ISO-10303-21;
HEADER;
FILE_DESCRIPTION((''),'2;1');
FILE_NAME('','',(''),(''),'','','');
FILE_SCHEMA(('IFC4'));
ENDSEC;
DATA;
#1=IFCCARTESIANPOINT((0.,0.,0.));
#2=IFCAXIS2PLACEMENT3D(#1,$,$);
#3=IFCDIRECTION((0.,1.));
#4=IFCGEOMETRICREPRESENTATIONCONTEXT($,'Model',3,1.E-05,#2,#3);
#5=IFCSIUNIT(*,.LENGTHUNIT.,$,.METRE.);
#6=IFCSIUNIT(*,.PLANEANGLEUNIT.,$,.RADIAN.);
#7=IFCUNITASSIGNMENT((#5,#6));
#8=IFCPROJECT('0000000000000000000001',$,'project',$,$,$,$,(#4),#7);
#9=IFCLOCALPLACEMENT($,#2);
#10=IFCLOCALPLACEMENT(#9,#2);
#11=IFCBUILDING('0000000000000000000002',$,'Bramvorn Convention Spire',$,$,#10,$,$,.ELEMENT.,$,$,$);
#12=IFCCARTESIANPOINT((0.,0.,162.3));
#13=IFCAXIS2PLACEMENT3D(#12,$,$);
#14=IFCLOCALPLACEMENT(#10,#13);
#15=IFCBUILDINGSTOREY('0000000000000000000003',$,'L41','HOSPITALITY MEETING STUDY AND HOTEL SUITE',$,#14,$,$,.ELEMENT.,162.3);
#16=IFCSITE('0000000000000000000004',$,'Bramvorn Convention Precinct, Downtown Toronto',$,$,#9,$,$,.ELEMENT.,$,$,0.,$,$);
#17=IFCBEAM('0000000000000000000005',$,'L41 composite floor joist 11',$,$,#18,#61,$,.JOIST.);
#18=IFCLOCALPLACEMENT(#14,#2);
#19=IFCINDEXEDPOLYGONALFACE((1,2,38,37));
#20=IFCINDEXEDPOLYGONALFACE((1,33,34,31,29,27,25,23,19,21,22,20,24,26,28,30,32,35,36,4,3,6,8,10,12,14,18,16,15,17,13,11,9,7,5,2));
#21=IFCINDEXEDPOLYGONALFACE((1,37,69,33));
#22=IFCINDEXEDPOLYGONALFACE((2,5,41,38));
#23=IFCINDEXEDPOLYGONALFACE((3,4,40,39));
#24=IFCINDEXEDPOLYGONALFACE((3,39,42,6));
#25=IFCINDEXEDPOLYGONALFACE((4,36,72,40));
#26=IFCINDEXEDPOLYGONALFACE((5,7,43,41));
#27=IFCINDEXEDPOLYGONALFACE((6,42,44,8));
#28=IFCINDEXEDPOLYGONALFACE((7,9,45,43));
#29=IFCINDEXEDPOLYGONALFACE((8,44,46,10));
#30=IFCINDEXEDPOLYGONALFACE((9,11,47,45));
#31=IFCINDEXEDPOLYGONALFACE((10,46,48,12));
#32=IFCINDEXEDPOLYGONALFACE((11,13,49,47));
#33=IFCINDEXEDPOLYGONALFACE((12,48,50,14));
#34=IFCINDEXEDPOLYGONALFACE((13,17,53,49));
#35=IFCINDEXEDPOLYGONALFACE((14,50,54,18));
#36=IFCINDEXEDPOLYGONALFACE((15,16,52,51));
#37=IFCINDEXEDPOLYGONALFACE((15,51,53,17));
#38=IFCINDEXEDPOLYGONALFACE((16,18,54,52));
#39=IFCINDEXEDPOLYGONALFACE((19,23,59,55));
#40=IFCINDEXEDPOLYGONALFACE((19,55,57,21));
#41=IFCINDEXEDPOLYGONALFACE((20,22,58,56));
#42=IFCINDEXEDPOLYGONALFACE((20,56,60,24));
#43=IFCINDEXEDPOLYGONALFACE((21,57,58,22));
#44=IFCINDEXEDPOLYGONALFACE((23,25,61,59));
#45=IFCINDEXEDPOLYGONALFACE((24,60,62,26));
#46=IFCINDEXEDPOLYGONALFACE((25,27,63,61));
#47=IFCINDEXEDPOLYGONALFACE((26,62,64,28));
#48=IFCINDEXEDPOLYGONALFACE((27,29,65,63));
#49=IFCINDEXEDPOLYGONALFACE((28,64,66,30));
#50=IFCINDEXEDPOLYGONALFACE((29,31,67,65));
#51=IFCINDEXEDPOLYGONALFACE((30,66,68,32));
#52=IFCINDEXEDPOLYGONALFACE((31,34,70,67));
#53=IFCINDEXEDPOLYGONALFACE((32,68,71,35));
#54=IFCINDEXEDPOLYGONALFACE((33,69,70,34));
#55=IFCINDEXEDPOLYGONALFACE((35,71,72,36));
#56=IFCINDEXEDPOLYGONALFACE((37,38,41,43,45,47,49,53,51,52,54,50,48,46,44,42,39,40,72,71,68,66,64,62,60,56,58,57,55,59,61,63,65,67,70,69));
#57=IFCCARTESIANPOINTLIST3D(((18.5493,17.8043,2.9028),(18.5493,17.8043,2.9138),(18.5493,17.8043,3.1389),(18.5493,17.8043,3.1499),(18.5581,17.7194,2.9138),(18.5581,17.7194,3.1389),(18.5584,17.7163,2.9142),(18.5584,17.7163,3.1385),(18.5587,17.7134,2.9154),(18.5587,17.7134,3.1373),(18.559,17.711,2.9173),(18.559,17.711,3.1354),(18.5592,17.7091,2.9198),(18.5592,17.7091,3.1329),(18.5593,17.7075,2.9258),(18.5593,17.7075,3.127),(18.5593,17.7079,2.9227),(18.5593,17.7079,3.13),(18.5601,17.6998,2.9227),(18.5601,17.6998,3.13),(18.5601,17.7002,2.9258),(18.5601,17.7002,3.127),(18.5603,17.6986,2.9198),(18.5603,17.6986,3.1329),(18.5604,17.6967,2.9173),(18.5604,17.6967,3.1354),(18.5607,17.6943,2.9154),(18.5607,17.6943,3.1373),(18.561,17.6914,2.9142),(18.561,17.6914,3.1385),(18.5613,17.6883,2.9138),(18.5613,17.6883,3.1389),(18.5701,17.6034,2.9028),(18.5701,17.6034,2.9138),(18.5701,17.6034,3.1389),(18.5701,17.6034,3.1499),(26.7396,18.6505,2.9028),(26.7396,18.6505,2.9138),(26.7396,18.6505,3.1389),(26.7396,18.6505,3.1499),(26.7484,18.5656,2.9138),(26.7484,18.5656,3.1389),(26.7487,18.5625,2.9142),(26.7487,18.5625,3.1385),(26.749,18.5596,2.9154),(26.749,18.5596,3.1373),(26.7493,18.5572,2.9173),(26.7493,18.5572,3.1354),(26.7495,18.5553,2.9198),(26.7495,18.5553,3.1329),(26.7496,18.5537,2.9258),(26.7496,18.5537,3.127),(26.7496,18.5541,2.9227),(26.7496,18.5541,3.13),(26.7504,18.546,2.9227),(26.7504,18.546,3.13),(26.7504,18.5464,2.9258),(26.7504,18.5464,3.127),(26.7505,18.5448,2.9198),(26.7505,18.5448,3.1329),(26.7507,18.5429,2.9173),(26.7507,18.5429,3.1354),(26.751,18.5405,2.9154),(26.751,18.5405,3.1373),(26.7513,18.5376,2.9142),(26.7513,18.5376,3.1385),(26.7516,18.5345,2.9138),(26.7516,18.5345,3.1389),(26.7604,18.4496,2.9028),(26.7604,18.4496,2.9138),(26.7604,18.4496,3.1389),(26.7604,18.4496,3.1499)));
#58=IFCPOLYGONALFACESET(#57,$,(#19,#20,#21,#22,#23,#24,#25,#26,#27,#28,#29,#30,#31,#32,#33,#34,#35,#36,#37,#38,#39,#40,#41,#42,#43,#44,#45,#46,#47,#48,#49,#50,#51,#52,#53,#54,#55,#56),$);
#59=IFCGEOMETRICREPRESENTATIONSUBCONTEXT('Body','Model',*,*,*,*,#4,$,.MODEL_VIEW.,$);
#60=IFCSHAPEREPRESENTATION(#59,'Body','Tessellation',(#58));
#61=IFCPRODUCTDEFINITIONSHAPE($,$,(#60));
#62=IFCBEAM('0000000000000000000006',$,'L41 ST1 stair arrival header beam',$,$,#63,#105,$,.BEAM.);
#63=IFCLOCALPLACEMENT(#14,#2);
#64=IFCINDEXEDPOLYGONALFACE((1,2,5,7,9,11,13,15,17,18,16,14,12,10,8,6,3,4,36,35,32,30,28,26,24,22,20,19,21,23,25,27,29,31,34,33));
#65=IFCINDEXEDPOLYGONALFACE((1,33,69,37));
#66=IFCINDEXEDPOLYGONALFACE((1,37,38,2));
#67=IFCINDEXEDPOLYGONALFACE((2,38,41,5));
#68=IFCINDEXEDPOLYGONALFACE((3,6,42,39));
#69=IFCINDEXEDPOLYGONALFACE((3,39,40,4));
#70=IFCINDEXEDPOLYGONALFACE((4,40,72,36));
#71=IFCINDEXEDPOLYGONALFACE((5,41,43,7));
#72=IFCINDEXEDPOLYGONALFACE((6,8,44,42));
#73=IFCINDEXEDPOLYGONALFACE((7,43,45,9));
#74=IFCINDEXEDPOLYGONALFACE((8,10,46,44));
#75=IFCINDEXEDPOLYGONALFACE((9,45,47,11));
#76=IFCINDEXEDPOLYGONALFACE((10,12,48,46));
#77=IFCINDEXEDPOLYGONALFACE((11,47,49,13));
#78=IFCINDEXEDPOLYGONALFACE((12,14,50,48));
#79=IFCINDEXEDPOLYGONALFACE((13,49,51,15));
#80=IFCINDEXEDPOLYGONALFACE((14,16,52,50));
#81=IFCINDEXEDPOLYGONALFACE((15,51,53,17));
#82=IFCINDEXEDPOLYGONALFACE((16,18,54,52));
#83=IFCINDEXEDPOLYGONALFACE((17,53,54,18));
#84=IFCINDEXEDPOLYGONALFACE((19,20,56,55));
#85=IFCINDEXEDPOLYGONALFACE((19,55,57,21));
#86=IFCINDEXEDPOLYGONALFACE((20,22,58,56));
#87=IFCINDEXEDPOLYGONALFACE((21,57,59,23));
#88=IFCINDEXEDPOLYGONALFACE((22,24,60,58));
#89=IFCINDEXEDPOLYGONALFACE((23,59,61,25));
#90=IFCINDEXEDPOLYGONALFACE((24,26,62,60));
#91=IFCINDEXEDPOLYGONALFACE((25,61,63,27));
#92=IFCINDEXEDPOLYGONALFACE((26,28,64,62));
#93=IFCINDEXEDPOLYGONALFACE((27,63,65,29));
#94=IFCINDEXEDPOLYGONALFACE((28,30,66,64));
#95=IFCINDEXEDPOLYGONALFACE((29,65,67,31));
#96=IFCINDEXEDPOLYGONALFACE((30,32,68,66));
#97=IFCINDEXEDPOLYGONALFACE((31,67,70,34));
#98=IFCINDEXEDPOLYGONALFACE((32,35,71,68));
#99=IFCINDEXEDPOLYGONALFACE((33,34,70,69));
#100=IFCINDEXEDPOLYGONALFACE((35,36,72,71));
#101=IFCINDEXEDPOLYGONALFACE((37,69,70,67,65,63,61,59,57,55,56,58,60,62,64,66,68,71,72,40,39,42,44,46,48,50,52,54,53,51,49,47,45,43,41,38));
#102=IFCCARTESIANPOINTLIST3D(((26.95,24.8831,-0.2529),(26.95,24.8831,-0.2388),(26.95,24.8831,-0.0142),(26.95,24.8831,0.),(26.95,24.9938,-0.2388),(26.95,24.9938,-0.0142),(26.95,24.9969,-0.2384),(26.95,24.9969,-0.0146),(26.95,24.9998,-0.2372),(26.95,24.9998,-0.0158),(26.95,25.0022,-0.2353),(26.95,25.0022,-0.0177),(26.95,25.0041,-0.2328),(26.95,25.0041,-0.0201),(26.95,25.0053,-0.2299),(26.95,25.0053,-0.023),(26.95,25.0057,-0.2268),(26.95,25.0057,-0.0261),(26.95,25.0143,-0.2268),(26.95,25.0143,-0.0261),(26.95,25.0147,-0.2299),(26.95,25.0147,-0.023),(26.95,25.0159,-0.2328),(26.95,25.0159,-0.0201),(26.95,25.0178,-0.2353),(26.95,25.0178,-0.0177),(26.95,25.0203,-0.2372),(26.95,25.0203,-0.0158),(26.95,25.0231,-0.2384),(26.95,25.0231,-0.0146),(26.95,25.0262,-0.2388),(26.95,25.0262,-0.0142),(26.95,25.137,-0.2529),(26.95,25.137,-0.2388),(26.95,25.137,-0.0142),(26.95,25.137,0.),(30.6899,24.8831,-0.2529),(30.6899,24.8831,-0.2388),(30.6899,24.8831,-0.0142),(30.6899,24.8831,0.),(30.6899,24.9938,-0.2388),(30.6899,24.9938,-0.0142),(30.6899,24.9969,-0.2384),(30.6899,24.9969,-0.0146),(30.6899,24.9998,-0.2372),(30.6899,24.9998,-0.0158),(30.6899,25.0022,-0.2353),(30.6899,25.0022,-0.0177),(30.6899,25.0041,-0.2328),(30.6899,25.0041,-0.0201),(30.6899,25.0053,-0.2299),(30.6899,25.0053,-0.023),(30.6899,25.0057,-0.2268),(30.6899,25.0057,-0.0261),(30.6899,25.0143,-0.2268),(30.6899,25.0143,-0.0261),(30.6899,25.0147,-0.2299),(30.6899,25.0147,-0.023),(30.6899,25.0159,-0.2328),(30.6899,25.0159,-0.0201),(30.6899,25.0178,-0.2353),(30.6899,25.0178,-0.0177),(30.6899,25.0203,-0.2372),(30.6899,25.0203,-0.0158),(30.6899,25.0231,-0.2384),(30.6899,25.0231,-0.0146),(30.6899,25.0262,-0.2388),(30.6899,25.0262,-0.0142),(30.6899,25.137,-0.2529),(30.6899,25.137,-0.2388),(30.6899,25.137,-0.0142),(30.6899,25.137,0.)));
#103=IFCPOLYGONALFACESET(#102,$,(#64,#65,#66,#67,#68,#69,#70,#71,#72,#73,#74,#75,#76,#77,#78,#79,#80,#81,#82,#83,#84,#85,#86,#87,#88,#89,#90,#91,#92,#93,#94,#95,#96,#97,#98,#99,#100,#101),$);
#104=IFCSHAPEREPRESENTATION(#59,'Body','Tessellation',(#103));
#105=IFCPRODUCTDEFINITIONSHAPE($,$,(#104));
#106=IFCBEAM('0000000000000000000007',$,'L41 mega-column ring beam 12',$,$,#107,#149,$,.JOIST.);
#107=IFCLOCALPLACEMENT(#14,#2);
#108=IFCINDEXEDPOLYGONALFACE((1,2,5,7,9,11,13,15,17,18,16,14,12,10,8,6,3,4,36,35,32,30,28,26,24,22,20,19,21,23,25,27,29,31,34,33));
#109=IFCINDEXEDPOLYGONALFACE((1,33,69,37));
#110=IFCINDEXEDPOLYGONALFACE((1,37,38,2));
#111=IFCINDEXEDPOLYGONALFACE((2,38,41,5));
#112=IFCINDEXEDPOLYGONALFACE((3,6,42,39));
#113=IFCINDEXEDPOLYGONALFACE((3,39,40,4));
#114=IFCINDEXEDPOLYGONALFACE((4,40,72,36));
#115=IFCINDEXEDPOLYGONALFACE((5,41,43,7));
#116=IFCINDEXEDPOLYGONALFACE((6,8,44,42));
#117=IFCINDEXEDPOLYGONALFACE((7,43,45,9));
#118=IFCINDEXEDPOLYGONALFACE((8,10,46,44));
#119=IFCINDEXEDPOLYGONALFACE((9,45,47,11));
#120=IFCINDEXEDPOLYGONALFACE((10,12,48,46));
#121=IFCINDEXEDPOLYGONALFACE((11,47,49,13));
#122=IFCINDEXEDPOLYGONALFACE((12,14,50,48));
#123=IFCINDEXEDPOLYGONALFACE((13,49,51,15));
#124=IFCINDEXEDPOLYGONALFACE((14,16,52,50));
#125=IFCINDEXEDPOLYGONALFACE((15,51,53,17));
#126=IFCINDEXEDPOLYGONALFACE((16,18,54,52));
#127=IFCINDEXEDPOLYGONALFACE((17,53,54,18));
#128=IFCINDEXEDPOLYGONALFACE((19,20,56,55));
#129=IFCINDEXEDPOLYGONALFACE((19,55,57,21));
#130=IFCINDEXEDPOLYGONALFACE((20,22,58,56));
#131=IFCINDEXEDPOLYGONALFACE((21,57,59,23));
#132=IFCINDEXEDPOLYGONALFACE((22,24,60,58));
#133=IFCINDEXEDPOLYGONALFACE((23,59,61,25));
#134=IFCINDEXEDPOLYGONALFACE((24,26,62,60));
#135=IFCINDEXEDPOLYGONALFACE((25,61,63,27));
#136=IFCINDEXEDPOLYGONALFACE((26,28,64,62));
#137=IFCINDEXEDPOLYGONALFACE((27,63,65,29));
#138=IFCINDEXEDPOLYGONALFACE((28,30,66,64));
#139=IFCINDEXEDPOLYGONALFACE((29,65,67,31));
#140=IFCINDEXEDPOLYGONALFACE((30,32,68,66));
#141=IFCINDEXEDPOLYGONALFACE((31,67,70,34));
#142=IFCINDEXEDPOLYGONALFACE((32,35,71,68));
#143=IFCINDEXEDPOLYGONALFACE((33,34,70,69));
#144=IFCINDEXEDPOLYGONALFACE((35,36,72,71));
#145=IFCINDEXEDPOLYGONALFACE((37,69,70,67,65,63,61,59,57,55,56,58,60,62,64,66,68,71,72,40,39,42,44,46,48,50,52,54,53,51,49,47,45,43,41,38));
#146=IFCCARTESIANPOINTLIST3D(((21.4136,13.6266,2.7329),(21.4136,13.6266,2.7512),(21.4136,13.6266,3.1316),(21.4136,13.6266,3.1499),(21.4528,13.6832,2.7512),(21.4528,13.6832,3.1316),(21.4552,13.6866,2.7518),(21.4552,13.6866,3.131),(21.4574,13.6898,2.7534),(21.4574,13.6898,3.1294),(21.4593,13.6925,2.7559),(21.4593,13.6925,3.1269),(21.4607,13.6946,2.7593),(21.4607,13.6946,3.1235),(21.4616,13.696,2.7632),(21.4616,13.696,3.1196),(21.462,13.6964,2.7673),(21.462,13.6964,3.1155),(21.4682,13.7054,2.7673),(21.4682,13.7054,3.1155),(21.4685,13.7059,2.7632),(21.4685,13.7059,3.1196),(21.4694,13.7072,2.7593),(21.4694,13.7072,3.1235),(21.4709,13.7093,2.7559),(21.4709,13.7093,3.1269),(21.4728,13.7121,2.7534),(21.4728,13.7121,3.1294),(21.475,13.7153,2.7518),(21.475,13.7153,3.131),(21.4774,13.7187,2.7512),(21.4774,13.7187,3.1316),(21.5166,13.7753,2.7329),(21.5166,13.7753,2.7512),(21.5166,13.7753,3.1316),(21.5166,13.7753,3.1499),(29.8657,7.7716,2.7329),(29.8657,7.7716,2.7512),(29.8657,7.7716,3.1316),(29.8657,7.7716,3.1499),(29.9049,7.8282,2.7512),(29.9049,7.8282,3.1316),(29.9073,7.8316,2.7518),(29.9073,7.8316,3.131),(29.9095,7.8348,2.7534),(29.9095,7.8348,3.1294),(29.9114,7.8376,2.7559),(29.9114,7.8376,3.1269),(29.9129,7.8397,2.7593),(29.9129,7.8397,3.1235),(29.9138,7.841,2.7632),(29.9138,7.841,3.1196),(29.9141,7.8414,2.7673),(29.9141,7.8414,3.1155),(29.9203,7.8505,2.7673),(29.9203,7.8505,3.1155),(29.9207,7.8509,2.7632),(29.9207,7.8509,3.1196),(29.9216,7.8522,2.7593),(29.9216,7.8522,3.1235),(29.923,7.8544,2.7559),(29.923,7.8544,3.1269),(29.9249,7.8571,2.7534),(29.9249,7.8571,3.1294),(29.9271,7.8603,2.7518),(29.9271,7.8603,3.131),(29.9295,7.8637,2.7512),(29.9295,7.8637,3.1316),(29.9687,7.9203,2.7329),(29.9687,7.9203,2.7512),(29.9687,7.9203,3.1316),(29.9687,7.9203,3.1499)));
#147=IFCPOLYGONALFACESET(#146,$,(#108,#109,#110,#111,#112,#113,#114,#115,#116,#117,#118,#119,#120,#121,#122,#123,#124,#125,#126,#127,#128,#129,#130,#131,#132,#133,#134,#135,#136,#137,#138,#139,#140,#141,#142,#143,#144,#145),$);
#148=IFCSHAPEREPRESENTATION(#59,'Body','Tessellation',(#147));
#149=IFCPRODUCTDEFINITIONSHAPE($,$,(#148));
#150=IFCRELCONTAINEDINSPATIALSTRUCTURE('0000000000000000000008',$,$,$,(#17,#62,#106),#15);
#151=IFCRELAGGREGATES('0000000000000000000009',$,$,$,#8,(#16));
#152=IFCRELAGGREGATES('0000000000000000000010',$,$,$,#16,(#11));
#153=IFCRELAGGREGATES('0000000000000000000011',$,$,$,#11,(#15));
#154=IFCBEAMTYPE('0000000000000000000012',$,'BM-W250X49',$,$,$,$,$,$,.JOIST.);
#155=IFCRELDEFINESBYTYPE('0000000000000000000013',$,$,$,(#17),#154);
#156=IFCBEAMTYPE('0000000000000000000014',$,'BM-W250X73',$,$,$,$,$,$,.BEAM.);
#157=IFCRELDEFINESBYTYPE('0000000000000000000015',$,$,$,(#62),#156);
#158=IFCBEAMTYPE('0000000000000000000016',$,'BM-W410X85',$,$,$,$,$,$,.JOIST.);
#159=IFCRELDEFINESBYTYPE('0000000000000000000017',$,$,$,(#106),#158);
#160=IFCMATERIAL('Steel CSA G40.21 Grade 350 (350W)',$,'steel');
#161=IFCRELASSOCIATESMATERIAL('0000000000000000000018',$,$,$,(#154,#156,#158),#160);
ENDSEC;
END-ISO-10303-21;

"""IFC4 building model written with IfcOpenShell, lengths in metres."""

from ifc_helpers import new_model, si_unit, direction, frame, origin, origin_2d, place, context, subcontext, project, spatial, i_section, extrude, material, material_profile, profile_set, type_object, element, save


model = new_model("IFC4")

# Units and contexts
model_context = context("Model", 3, precision=1e-05, world=origin(), true_north=direction((0.0, 1.0)))
body_context = subcontext(model_context, "Body", "Model", "MODEL_VIEW")
ifc_project = project(units=[si_unit("LENGTHUNIT", "METRE"), si_unit("PLANEANGLEUNIT", "RADIAN")], contexts=[model_context])

# Site, building, storey
site_placement = place(None, origin())
site = spatial("IfcSite", under=ifc_project, at=site_placement, Name="Bramvorn Convention Precinct, Downtown Toronto", CompositionType="ELEMENT", RefElevation=0.0)
building_placement = place(site_placement, origin())
building = spatial("IfcBuilding", under=site, at=building_placement, Name="Bramvorn Convention Spire", CompositionType="ELEMENT")
storey_placement = place(building_placement, frame((0.0, 0.0, 162.3)))
storey = spatial("IfcBuildingStorey", under=building, at=storey_placement, Name="L41", Description="HOSPITALITY MEETING STUDY AND HOTEL SUITE", CompositionType="ELEMENT", Elevation=162.3)

# Beams
ifc_material_1 = material(Name="Steel CSA G40.21 Grade 350 (350W)", Category="steel")
ifc_material_profile_1 = material_profile(ifc_material_1, i_section(OverallWidth=0.2019, OverallDepth=0.2471, WebThickness=0.0073, FlangeThickness=0.011, FilletRadius=0.012, at=origin_2d()))
ifc_profile_set_1 = profile_set([ifc_material_profile_1], Name="Steel CSA G40.21 Grade 350 (350W) - W250X49")
beam_type_1 = type_object("IfcBeamType", Name="BM-W250X49", PredefinedType="JOIST", material=ifc_profile_set_1)
beam_1_placement = place(storey_placement, frame((26.75, 18.55, 3.0264), z_axis=(-0.994705, -0.102771, 0.0), x_axis=(0.102771, -0.994705, 0.0)))
element("IfcBeam", 1, at=beam_1_placement, inside=storey, type_object=beam_type_1, Name="L41 composite floor joist 11", PredefinedType="JOIST", context=body_context, shape_type="SweptSolid", body=[
    extrude(i_section(OverallWidth=0.2019, OverallDepth=0.2471, WebThickness=0.0073, FlangeThickness=0.011, FilletRadius=0.012, at=origin_2d()), origin(), (0.0, 0.0, 1.0), 8.2339),
])
ifc_material_profile_2 = material_profile(ifc_material_1, i_section(OverallWidth=0.2539, OverallDepth=0.2529, WebThickness=0.0085, FlangeThickness=0.0142, FilletRadius=0.012, at=origin_2d()))
ifc_profile_set_2 = profile_set([ifc_material_profile_2], Name="Steel CSA G40.21 Grade 350 (350W) - W250X73")
beam_type_2 = type_object("IfcBeamType", Name="BM-W250X73", PredefinedType="BEAM", material=ifc_profile_set_2)
beam_2_placement = place(storey_placement, frame((26.95, 25.01, -0.1265), z_axis=(1.0, 0.0, 0.0), x_axis=(0.0, 1.0, 0.0)))
element("IfcBeam", 2, at=beam_2_placement, inside=storey, type_object=beam_type_2, Name="L41 ST1 stair arrival header beam", PredefinedType="BEAM", context=body_context, shape_type="SweptSolid", body=[
    extrude(i_section(OverallWidth=0.2539, OverallDepth=0.2529, WebThickness=0.0085, FlangeThickness=0.0142, FilletRadius=0.012, at=origin_2d()), origin(), (0.0, 0.0, 1.0), 3.74),
])
ifc_material_profile_3 = material_profile(ifc_material_1, i_section(OverallWidth=0.1809, OverallDepth=0.417, WebThickness=0.011, FlangeThickness=0.0183, FilletRadius=0.0161, at=origin_2d()))
ifc_profile_set_3 = profile_set([ifc_material_profile_3], Name="Steel CSA G40.21 Grade 350 (350W) - W410X85")
beam_type_3 = type_object("IfcBeamType", Name="BM-W410X85", PredefinedType="JOIST", material=ifc_profile_set_3)
beam_3_placement = place(storey_placement, frame((21.4651, 13.7009, 2.9414), z_axis=(0.822033, -0.56944, 0.0), x_axis=(0.56944, 0.822033, 0.0)))
element("IfcBeam", 3, at=beam_3_placement, inside=storey, type_object=beam_type_3, Name="L41 mega-column ring beam 12", PredefinedType="JOIST", context=body_context, shape_type="SweptSolid", body=[
    extrude(i_section(OverallWidth=0.1809, OverallDepth=0.417, WebThickness=0.011, FlangeThickness=0.0183, FilletRadius=0.0161, at=origin_2d()), origin(), (0.0, 0.0, 1.0), 10.282),
])

save(model, "model.ifc")
